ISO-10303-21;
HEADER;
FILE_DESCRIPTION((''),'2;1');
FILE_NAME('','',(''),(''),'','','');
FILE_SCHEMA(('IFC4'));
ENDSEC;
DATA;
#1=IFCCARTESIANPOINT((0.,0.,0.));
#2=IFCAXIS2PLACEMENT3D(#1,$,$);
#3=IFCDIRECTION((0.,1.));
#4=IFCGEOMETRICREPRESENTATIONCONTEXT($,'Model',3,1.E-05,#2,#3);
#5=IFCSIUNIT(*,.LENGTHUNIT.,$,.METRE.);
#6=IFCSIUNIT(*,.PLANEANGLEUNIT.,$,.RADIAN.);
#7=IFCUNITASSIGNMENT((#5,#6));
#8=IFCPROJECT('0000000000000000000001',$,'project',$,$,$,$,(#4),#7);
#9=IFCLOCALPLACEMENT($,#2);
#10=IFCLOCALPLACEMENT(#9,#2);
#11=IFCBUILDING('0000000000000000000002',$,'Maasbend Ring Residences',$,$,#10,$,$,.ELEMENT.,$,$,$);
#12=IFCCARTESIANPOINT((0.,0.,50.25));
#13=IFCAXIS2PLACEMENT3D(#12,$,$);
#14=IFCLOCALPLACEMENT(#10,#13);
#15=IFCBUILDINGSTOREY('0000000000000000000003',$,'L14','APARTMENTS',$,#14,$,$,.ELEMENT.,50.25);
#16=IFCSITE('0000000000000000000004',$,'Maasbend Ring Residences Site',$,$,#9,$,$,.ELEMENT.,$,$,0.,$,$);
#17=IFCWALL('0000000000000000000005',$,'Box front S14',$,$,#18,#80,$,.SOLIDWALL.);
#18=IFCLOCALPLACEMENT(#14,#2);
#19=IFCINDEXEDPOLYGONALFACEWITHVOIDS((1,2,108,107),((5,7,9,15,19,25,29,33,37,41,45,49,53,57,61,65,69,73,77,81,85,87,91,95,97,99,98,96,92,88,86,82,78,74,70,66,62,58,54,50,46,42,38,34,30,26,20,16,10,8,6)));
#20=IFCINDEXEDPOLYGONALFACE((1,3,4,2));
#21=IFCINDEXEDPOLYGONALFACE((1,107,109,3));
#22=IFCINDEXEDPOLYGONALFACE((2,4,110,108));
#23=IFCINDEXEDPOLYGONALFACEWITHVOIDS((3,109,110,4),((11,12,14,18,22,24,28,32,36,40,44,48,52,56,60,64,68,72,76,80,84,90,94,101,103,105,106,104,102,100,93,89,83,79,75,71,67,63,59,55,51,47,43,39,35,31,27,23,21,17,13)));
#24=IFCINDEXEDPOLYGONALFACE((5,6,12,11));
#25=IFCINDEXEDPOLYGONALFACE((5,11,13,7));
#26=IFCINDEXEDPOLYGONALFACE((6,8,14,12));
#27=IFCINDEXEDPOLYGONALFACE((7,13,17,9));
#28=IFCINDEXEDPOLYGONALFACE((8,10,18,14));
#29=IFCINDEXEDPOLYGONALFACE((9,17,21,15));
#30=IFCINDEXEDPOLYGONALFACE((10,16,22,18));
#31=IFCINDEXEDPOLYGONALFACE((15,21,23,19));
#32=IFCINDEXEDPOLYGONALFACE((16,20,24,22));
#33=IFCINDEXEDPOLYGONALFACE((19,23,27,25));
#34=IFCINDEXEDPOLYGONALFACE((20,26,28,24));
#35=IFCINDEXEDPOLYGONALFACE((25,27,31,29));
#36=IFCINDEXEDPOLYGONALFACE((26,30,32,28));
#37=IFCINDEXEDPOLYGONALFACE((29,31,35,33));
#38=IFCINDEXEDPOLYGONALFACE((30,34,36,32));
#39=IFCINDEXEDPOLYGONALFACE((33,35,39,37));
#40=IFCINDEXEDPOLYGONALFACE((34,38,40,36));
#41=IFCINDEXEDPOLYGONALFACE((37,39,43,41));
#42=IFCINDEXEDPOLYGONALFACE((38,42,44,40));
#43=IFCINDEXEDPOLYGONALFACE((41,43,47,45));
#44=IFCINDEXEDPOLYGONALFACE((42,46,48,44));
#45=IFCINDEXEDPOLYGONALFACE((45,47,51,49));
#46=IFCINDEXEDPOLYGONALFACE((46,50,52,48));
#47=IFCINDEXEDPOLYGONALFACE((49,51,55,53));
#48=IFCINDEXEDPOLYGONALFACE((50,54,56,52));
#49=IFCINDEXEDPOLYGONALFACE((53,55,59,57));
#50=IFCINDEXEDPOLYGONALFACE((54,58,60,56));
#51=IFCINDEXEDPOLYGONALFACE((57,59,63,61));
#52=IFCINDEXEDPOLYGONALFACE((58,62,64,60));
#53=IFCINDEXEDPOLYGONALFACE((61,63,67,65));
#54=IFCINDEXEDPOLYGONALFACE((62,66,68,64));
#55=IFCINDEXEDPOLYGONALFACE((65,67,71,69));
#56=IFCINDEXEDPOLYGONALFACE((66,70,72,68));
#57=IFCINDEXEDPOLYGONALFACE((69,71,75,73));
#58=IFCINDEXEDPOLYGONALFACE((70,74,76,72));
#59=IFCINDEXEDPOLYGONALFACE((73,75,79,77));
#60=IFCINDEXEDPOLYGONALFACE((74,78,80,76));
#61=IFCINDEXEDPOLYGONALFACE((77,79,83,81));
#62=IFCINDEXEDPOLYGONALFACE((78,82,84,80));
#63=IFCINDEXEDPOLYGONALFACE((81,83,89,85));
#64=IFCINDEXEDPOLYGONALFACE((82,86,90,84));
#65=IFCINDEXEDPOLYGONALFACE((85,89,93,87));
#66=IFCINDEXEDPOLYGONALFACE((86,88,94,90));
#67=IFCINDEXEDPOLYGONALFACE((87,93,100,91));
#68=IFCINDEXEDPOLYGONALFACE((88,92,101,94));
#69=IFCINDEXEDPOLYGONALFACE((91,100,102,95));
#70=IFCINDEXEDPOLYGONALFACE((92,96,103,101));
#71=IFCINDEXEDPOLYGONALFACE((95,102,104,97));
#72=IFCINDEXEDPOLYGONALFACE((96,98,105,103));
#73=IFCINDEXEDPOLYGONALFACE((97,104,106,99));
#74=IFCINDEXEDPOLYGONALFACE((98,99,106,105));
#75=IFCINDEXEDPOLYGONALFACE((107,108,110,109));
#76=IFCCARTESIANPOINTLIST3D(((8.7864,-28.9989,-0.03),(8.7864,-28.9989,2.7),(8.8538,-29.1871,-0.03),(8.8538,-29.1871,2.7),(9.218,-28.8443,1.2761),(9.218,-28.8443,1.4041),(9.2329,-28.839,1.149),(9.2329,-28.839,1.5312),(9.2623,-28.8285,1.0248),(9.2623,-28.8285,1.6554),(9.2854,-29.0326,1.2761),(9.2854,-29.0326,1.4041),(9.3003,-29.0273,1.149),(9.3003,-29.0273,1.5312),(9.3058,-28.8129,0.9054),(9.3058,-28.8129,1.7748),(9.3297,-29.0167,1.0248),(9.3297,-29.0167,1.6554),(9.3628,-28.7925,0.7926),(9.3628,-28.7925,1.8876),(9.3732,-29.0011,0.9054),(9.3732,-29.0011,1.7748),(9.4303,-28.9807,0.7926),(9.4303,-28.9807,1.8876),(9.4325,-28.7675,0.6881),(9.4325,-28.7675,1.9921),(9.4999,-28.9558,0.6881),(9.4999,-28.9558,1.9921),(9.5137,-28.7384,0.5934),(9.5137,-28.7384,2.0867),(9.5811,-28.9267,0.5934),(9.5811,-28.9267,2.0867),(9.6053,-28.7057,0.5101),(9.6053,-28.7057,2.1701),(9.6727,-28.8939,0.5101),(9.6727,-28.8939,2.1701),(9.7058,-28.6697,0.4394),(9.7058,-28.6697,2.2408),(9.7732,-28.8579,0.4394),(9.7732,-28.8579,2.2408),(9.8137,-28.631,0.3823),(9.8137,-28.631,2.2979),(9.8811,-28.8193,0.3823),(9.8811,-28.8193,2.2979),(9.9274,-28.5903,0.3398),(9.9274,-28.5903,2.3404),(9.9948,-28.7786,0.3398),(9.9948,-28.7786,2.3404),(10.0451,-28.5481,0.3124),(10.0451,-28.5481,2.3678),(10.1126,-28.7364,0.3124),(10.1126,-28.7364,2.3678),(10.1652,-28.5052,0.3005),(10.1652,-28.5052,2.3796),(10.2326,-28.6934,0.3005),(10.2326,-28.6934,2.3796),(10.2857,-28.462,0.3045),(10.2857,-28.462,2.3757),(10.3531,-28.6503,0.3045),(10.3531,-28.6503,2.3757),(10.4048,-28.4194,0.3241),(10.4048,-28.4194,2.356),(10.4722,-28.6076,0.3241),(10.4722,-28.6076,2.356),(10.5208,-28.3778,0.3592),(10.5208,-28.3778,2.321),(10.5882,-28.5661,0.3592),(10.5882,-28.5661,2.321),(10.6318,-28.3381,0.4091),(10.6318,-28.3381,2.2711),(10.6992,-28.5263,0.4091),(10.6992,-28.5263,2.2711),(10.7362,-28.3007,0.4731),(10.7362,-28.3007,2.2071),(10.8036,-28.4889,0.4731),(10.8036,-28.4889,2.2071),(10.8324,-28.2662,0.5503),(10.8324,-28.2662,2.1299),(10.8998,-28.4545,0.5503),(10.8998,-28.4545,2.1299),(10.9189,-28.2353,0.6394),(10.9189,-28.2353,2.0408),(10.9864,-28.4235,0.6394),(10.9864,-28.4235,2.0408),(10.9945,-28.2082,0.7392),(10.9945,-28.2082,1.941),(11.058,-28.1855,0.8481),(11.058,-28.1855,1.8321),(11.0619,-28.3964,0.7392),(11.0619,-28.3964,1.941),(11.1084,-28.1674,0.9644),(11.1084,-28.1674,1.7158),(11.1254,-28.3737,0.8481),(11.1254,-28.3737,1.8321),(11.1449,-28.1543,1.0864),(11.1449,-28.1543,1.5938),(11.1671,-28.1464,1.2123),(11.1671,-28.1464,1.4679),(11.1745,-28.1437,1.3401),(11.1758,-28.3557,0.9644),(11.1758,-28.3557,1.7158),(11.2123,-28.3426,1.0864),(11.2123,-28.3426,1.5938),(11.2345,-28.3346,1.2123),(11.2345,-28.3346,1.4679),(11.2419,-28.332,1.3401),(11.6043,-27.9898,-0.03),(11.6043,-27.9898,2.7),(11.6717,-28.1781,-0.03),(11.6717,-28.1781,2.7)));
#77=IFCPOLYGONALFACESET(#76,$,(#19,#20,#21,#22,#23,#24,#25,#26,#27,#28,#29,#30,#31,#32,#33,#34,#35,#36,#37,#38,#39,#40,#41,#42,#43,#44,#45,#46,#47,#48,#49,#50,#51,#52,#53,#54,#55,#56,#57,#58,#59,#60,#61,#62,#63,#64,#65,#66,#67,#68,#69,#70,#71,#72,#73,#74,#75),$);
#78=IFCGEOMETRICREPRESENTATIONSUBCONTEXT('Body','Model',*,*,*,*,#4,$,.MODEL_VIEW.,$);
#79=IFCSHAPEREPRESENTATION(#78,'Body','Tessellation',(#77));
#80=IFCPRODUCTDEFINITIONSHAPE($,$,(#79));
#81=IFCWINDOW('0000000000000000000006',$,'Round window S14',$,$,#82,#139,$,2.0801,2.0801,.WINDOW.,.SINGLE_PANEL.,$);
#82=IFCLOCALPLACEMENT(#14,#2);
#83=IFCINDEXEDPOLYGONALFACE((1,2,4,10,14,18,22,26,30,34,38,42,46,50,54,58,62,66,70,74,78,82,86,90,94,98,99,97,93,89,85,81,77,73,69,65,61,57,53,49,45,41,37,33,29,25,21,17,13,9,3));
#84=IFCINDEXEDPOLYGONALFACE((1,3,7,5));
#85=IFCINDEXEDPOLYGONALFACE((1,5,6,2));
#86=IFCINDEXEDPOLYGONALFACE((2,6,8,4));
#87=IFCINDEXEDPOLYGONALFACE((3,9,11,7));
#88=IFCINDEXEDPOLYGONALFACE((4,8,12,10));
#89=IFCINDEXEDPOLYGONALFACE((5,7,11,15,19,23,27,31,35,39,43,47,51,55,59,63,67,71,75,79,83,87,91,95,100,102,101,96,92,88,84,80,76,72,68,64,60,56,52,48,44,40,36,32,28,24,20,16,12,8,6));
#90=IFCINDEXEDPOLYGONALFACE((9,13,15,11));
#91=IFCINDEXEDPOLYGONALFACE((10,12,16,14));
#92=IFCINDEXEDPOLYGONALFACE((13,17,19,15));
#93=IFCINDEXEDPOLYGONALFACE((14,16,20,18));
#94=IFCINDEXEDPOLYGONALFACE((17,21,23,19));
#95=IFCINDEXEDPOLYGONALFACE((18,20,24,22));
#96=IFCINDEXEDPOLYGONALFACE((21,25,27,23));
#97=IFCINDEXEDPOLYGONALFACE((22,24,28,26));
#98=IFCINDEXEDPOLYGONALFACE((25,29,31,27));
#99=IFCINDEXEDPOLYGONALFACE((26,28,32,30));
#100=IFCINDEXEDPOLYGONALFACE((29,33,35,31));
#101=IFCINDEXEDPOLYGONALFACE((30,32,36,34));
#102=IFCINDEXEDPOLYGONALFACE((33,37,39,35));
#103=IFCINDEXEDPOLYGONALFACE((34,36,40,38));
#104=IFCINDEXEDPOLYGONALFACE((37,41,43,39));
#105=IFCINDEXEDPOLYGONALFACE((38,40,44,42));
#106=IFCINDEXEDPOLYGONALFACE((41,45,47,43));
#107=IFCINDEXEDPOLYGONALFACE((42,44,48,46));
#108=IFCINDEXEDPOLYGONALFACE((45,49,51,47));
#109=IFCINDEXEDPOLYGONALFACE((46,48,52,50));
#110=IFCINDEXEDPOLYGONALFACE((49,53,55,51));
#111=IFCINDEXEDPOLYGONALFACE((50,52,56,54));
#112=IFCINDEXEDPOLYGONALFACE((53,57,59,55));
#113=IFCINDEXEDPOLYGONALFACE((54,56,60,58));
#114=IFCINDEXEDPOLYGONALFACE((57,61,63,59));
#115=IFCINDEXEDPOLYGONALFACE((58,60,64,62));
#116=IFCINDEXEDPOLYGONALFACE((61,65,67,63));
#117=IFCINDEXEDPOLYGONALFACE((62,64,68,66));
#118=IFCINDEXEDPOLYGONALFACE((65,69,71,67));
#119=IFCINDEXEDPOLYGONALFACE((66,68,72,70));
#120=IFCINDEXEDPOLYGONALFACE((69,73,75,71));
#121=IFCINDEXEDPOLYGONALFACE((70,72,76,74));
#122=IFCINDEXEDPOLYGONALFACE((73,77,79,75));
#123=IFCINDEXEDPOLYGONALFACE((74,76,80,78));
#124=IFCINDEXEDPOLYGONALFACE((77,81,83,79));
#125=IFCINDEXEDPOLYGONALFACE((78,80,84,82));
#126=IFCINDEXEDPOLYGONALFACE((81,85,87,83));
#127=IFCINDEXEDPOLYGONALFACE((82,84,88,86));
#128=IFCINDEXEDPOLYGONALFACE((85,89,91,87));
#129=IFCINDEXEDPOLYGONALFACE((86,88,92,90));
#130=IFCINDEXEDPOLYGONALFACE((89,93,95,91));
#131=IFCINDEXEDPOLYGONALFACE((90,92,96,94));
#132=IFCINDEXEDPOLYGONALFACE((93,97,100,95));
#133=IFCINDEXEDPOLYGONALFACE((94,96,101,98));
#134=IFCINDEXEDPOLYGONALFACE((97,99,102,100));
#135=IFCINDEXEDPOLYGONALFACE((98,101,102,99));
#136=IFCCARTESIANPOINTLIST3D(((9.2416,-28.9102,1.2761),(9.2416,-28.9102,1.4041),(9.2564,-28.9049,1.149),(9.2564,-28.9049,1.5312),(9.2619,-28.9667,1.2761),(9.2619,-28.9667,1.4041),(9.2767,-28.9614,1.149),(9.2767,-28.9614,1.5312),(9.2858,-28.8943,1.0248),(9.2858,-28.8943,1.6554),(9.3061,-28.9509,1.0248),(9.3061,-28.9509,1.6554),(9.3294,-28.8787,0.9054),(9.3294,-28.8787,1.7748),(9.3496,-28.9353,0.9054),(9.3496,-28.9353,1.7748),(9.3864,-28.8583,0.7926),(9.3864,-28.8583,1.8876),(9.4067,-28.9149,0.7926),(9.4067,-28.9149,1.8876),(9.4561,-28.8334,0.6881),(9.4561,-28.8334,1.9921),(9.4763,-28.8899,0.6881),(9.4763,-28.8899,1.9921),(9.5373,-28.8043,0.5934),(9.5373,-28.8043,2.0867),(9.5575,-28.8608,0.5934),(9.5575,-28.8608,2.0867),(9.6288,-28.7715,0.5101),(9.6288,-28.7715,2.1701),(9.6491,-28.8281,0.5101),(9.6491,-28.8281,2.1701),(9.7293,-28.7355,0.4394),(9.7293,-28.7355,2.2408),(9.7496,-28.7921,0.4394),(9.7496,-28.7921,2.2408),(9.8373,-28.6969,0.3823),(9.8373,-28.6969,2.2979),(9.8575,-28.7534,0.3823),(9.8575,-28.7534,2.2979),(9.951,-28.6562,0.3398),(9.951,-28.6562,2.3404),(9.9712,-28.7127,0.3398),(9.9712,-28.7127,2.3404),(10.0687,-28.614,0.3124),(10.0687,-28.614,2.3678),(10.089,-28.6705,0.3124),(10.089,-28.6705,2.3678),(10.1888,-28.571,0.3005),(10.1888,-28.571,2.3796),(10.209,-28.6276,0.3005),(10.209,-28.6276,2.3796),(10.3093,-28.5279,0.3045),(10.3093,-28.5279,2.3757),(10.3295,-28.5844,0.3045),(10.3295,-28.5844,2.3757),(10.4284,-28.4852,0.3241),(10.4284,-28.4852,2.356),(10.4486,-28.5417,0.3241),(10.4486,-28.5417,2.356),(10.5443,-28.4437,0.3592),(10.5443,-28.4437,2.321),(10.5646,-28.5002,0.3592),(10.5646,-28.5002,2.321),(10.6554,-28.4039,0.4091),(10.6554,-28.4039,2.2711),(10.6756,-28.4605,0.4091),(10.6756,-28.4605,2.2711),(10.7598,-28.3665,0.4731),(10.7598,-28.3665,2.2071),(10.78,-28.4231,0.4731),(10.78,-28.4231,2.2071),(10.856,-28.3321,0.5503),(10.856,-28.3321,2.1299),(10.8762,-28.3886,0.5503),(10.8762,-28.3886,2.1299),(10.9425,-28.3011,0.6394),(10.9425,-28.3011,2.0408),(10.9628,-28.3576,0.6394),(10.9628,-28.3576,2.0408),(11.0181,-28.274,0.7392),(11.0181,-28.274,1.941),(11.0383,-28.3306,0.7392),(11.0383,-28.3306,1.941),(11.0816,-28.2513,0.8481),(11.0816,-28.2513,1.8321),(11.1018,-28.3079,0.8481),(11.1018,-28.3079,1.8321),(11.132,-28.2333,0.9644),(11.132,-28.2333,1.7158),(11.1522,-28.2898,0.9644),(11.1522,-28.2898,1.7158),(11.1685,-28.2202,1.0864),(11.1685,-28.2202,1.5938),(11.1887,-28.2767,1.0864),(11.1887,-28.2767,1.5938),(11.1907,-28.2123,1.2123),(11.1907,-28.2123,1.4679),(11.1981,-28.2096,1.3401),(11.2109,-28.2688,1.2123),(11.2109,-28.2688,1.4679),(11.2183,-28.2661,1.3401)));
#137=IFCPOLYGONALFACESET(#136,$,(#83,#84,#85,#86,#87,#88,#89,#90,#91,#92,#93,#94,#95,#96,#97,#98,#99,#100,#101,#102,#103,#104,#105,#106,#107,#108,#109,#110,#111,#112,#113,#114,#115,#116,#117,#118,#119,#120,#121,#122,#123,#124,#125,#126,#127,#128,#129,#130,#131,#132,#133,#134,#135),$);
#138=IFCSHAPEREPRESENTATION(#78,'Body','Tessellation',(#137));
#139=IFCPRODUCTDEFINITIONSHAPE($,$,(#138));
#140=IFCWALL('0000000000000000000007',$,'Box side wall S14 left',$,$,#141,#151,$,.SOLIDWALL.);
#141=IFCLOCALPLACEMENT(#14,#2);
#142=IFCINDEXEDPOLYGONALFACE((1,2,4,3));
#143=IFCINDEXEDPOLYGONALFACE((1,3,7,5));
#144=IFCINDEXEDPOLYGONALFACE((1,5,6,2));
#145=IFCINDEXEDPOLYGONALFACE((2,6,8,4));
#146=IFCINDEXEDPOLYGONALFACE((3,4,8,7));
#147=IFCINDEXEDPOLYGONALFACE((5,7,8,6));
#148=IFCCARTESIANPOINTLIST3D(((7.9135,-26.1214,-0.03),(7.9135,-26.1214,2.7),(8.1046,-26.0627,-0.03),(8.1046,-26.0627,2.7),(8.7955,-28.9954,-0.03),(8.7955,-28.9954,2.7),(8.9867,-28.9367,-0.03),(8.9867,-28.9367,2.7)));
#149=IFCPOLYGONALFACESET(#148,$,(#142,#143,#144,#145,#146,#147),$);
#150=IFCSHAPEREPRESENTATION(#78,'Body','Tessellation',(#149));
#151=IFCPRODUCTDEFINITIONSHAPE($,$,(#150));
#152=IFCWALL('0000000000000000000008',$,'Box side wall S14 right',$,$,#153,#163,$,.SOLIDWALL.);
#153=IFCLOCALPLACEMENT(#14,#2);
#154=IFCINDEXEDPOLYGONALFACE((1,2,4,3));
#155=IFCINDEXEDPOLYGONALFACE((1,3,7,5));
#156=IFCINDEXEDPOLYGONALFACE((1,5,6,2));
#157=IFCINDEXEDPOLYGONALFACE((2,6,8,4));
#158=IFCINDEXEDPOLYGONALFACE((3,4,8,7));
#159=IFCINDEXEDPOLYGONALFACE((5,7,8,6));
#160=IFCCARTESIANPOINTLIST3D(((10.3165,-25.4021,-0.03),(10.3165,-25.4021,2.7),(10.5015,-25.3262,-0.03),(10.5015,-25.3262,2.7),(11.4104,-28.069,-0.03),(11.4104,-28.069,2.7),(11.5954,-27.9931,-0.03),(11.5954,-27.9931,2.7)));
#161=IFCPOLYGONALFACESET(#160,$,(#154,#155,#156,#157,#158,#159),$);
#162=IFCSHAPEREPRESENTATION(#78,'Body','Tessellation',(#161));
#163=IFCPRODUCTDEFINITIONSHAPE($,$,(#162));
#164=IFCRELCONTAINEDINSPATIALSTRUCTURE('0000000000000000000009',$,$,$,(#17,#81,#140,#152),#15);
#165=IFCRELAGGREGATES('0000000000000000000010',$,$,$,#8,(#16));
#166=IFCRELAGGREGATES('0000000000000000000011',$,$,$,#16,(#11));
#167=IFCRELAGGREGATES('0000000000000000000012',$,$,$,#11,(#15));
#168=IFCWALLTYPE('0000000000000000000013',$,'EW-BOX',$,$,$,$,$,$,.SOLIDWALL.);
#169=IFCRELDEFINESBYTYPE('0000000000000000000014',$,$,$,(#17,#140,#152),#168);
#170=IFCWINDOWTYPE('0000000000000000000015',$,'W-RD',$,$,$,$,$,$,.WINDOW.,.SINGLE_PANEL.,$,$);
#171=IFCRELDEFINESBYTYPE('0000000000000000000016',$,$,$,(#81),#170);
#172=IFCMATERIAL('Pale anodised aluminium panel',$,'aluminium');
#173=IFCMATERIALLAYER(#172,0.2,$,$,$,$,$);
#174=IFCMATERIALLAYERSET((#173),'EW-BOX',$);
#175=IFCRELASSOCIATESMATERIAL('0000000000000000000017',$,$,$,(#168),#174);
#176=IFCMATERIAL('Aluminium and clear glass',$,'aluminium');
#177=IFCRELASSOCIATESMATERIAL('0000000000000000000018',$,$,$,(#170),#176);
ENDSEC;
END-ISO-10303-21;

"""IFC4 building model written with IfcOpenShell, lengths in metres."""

from ifc_helpers import new_model, si_unit, direction, frame, frame_2d, origin, place, context, subcontext, project, spatial, rectangle, circle, extrude, material, layer, layer_set, type_object, element, fill, save


model = new_model("IFC4")

# Units and contexts
model_context = context("Model", 3, precision=1e-05, world=origin(), true_north=direction((0.0, 1.0)))
body_context = subcontext(model_context, "Body", "Model", "MODEL_VIEW")
ifc_project = project(units=[si_unit("LENGTHUNIT", "METRE"), si_unit("PLANEANGLEUNIT", "RADIAN")], contexts=[model_context])

# Site, building, storey
site_placement = place(None, origin())
site = spatial("IfcSite", under=ifc_project, at=site_placement, Name="Maasbend Ring Residences Site", CompositionType="ELEMENT", RefElevation=0.0)
building_placement = place(site_placement, origin())
building = spatial("IfcBuilding", under=site, at=building_placement, Name="Maasbend Ring Residences", CompositionType="ELEMENT")
storey_placement = place(building_placement, frame((0.0, 0.0, 50.25)))
storey = spatial("IfcBuildingStorey", under=building, at=storey_placement, Name="L14", Description="APARTMENTS", CompositionType="ELEMENT", Elevation=50.25)

# Shared definitions
ifc_material_1 = material(Name="Pale anodised aluminium panel", Category="aluminium")
ifc_layer_1 = layer(ifc_material_1, 0.2)
ifc_layer_set_1 = layer_set([ifc_layer_1], Name="EW-BOX")
wall_type_1 = type_object("IfcWallType", Name="EW-BOX", PredefinedType="SOLIDWALL", material=ifc_layer_set_1)
ifc_material_2 = material(Name="Aluminium and clear glass", Category="aluminium")
window_type_1 = type_object("IfcWindowType", Name="W-RD", PartitioningType="SINGLE_PANEL", PredefinedType="WINDOW", material=ifc_material_2)

# Wall, opening, window
wall_1_placement = place(storey_placement, frame((8.8201, -29.093, -0.03), z_axis=(0.0, 0.0, 1.0), x_axis=(0.941461, 0.337122, 0.0)))
wall_1 = element("IfcWall", 1, at=wall_1_placement, inside=storey, type_object=wall_type_1, Name="Box front S14", PredefinedType="SOLIDWALL", context=body_context, shape_type="SweptSolid", body=[
    extrude(rectangle(XDim=2.9932, YDim=0.2, at=frame_2d((1.4966, 0.0))), origin(), (0.0, 0.0, 1.0), 2.73),
])
opening_1_placement = place(wall_1_placement, frame((0.4565, 0.0, 0.3301)))
opening_1 = element("IfcOpeningElement", 2, at=opening_1_placement, cuts=wall_1, PredefinedType="OPENING", context=body_context, shape_type="SweptSolid", body=[
    extrude(circle(Radius=1.04, at=frame_2d((1.04, 1.04))), frame((0.0, 0.1099, 0.0), z_axis=(0.0, -1.0, 0.0), x_axis=(1.0, 0.0, 0.0)), (0.0, 0.0, 1.0), 0.22),
])
window_1_placement = place(opening_1_placement, origin())
window_1 = element("IfcWindow", 3, at=window_1_placement, inside=storey, type_object=window_type_1, Name="Round window S14", OverallHeight=2.0801, OverallWidth=2.0801, PartitioningType="SINGLE_PANEL", PredefinedType="WINDOW", context=body_context, shape_type="SweptSolid", body=[
    extrude(circle(Radius=1.04, at=frame_2d((1.04, 1.04))), frame((0.0, 0.03, 0.0), z_axis=(0.0, -1.0, 0.0), x_axis=(1.0, 0.0, 0.0)), (0.0, 0.0, 1.0), 0.0601),
])
fill(opening_1, window_1)

# Walls
wall_2_placement = place(storey_placement, frame((8.009, -26.092, -0.03), z_axis=(0.0, 0.0, 1.0), x_axis=(0.293407, -0.955988, 0.0)))
element("IfcWall", 4, at=wall_2_placement, inside=storey, type_object=wall_type_1, Name="Box side wall S14 left", PredefinedType="SOLIDWALL", context=body_context, shape_type="SweptSolid", body=[
    extrude(rectangle(XDim=3.0063, YDim=0.2, at=frame_2d((1.5032, 0.0))), origin(), (0.0, 0.0, 1.0), 2.73),
])
wall_3_placement = place(storey_placement, frame((10.4089, -25.364, -0.03), z_axis=(0.0, 0.0, 1.0), x_axis=(0.37951, -0.925188, 0.0)))
element("IfcWall", 5, at=wall_3_placement, inside=storey, type_object=wall_type_1, Name="Box side wall S14 right", PredefinedType="SOLIDWALL", context=body_context, shape_type="SweptSolid", body=[
    extrude(rectangle(XDim=2.8826, YDim=0.2, at=frame_2d((1.4414, 0.0))), origin(), (0.0, 0.0, 1.0), 2.73),
])

save(model, "model.ifc")
